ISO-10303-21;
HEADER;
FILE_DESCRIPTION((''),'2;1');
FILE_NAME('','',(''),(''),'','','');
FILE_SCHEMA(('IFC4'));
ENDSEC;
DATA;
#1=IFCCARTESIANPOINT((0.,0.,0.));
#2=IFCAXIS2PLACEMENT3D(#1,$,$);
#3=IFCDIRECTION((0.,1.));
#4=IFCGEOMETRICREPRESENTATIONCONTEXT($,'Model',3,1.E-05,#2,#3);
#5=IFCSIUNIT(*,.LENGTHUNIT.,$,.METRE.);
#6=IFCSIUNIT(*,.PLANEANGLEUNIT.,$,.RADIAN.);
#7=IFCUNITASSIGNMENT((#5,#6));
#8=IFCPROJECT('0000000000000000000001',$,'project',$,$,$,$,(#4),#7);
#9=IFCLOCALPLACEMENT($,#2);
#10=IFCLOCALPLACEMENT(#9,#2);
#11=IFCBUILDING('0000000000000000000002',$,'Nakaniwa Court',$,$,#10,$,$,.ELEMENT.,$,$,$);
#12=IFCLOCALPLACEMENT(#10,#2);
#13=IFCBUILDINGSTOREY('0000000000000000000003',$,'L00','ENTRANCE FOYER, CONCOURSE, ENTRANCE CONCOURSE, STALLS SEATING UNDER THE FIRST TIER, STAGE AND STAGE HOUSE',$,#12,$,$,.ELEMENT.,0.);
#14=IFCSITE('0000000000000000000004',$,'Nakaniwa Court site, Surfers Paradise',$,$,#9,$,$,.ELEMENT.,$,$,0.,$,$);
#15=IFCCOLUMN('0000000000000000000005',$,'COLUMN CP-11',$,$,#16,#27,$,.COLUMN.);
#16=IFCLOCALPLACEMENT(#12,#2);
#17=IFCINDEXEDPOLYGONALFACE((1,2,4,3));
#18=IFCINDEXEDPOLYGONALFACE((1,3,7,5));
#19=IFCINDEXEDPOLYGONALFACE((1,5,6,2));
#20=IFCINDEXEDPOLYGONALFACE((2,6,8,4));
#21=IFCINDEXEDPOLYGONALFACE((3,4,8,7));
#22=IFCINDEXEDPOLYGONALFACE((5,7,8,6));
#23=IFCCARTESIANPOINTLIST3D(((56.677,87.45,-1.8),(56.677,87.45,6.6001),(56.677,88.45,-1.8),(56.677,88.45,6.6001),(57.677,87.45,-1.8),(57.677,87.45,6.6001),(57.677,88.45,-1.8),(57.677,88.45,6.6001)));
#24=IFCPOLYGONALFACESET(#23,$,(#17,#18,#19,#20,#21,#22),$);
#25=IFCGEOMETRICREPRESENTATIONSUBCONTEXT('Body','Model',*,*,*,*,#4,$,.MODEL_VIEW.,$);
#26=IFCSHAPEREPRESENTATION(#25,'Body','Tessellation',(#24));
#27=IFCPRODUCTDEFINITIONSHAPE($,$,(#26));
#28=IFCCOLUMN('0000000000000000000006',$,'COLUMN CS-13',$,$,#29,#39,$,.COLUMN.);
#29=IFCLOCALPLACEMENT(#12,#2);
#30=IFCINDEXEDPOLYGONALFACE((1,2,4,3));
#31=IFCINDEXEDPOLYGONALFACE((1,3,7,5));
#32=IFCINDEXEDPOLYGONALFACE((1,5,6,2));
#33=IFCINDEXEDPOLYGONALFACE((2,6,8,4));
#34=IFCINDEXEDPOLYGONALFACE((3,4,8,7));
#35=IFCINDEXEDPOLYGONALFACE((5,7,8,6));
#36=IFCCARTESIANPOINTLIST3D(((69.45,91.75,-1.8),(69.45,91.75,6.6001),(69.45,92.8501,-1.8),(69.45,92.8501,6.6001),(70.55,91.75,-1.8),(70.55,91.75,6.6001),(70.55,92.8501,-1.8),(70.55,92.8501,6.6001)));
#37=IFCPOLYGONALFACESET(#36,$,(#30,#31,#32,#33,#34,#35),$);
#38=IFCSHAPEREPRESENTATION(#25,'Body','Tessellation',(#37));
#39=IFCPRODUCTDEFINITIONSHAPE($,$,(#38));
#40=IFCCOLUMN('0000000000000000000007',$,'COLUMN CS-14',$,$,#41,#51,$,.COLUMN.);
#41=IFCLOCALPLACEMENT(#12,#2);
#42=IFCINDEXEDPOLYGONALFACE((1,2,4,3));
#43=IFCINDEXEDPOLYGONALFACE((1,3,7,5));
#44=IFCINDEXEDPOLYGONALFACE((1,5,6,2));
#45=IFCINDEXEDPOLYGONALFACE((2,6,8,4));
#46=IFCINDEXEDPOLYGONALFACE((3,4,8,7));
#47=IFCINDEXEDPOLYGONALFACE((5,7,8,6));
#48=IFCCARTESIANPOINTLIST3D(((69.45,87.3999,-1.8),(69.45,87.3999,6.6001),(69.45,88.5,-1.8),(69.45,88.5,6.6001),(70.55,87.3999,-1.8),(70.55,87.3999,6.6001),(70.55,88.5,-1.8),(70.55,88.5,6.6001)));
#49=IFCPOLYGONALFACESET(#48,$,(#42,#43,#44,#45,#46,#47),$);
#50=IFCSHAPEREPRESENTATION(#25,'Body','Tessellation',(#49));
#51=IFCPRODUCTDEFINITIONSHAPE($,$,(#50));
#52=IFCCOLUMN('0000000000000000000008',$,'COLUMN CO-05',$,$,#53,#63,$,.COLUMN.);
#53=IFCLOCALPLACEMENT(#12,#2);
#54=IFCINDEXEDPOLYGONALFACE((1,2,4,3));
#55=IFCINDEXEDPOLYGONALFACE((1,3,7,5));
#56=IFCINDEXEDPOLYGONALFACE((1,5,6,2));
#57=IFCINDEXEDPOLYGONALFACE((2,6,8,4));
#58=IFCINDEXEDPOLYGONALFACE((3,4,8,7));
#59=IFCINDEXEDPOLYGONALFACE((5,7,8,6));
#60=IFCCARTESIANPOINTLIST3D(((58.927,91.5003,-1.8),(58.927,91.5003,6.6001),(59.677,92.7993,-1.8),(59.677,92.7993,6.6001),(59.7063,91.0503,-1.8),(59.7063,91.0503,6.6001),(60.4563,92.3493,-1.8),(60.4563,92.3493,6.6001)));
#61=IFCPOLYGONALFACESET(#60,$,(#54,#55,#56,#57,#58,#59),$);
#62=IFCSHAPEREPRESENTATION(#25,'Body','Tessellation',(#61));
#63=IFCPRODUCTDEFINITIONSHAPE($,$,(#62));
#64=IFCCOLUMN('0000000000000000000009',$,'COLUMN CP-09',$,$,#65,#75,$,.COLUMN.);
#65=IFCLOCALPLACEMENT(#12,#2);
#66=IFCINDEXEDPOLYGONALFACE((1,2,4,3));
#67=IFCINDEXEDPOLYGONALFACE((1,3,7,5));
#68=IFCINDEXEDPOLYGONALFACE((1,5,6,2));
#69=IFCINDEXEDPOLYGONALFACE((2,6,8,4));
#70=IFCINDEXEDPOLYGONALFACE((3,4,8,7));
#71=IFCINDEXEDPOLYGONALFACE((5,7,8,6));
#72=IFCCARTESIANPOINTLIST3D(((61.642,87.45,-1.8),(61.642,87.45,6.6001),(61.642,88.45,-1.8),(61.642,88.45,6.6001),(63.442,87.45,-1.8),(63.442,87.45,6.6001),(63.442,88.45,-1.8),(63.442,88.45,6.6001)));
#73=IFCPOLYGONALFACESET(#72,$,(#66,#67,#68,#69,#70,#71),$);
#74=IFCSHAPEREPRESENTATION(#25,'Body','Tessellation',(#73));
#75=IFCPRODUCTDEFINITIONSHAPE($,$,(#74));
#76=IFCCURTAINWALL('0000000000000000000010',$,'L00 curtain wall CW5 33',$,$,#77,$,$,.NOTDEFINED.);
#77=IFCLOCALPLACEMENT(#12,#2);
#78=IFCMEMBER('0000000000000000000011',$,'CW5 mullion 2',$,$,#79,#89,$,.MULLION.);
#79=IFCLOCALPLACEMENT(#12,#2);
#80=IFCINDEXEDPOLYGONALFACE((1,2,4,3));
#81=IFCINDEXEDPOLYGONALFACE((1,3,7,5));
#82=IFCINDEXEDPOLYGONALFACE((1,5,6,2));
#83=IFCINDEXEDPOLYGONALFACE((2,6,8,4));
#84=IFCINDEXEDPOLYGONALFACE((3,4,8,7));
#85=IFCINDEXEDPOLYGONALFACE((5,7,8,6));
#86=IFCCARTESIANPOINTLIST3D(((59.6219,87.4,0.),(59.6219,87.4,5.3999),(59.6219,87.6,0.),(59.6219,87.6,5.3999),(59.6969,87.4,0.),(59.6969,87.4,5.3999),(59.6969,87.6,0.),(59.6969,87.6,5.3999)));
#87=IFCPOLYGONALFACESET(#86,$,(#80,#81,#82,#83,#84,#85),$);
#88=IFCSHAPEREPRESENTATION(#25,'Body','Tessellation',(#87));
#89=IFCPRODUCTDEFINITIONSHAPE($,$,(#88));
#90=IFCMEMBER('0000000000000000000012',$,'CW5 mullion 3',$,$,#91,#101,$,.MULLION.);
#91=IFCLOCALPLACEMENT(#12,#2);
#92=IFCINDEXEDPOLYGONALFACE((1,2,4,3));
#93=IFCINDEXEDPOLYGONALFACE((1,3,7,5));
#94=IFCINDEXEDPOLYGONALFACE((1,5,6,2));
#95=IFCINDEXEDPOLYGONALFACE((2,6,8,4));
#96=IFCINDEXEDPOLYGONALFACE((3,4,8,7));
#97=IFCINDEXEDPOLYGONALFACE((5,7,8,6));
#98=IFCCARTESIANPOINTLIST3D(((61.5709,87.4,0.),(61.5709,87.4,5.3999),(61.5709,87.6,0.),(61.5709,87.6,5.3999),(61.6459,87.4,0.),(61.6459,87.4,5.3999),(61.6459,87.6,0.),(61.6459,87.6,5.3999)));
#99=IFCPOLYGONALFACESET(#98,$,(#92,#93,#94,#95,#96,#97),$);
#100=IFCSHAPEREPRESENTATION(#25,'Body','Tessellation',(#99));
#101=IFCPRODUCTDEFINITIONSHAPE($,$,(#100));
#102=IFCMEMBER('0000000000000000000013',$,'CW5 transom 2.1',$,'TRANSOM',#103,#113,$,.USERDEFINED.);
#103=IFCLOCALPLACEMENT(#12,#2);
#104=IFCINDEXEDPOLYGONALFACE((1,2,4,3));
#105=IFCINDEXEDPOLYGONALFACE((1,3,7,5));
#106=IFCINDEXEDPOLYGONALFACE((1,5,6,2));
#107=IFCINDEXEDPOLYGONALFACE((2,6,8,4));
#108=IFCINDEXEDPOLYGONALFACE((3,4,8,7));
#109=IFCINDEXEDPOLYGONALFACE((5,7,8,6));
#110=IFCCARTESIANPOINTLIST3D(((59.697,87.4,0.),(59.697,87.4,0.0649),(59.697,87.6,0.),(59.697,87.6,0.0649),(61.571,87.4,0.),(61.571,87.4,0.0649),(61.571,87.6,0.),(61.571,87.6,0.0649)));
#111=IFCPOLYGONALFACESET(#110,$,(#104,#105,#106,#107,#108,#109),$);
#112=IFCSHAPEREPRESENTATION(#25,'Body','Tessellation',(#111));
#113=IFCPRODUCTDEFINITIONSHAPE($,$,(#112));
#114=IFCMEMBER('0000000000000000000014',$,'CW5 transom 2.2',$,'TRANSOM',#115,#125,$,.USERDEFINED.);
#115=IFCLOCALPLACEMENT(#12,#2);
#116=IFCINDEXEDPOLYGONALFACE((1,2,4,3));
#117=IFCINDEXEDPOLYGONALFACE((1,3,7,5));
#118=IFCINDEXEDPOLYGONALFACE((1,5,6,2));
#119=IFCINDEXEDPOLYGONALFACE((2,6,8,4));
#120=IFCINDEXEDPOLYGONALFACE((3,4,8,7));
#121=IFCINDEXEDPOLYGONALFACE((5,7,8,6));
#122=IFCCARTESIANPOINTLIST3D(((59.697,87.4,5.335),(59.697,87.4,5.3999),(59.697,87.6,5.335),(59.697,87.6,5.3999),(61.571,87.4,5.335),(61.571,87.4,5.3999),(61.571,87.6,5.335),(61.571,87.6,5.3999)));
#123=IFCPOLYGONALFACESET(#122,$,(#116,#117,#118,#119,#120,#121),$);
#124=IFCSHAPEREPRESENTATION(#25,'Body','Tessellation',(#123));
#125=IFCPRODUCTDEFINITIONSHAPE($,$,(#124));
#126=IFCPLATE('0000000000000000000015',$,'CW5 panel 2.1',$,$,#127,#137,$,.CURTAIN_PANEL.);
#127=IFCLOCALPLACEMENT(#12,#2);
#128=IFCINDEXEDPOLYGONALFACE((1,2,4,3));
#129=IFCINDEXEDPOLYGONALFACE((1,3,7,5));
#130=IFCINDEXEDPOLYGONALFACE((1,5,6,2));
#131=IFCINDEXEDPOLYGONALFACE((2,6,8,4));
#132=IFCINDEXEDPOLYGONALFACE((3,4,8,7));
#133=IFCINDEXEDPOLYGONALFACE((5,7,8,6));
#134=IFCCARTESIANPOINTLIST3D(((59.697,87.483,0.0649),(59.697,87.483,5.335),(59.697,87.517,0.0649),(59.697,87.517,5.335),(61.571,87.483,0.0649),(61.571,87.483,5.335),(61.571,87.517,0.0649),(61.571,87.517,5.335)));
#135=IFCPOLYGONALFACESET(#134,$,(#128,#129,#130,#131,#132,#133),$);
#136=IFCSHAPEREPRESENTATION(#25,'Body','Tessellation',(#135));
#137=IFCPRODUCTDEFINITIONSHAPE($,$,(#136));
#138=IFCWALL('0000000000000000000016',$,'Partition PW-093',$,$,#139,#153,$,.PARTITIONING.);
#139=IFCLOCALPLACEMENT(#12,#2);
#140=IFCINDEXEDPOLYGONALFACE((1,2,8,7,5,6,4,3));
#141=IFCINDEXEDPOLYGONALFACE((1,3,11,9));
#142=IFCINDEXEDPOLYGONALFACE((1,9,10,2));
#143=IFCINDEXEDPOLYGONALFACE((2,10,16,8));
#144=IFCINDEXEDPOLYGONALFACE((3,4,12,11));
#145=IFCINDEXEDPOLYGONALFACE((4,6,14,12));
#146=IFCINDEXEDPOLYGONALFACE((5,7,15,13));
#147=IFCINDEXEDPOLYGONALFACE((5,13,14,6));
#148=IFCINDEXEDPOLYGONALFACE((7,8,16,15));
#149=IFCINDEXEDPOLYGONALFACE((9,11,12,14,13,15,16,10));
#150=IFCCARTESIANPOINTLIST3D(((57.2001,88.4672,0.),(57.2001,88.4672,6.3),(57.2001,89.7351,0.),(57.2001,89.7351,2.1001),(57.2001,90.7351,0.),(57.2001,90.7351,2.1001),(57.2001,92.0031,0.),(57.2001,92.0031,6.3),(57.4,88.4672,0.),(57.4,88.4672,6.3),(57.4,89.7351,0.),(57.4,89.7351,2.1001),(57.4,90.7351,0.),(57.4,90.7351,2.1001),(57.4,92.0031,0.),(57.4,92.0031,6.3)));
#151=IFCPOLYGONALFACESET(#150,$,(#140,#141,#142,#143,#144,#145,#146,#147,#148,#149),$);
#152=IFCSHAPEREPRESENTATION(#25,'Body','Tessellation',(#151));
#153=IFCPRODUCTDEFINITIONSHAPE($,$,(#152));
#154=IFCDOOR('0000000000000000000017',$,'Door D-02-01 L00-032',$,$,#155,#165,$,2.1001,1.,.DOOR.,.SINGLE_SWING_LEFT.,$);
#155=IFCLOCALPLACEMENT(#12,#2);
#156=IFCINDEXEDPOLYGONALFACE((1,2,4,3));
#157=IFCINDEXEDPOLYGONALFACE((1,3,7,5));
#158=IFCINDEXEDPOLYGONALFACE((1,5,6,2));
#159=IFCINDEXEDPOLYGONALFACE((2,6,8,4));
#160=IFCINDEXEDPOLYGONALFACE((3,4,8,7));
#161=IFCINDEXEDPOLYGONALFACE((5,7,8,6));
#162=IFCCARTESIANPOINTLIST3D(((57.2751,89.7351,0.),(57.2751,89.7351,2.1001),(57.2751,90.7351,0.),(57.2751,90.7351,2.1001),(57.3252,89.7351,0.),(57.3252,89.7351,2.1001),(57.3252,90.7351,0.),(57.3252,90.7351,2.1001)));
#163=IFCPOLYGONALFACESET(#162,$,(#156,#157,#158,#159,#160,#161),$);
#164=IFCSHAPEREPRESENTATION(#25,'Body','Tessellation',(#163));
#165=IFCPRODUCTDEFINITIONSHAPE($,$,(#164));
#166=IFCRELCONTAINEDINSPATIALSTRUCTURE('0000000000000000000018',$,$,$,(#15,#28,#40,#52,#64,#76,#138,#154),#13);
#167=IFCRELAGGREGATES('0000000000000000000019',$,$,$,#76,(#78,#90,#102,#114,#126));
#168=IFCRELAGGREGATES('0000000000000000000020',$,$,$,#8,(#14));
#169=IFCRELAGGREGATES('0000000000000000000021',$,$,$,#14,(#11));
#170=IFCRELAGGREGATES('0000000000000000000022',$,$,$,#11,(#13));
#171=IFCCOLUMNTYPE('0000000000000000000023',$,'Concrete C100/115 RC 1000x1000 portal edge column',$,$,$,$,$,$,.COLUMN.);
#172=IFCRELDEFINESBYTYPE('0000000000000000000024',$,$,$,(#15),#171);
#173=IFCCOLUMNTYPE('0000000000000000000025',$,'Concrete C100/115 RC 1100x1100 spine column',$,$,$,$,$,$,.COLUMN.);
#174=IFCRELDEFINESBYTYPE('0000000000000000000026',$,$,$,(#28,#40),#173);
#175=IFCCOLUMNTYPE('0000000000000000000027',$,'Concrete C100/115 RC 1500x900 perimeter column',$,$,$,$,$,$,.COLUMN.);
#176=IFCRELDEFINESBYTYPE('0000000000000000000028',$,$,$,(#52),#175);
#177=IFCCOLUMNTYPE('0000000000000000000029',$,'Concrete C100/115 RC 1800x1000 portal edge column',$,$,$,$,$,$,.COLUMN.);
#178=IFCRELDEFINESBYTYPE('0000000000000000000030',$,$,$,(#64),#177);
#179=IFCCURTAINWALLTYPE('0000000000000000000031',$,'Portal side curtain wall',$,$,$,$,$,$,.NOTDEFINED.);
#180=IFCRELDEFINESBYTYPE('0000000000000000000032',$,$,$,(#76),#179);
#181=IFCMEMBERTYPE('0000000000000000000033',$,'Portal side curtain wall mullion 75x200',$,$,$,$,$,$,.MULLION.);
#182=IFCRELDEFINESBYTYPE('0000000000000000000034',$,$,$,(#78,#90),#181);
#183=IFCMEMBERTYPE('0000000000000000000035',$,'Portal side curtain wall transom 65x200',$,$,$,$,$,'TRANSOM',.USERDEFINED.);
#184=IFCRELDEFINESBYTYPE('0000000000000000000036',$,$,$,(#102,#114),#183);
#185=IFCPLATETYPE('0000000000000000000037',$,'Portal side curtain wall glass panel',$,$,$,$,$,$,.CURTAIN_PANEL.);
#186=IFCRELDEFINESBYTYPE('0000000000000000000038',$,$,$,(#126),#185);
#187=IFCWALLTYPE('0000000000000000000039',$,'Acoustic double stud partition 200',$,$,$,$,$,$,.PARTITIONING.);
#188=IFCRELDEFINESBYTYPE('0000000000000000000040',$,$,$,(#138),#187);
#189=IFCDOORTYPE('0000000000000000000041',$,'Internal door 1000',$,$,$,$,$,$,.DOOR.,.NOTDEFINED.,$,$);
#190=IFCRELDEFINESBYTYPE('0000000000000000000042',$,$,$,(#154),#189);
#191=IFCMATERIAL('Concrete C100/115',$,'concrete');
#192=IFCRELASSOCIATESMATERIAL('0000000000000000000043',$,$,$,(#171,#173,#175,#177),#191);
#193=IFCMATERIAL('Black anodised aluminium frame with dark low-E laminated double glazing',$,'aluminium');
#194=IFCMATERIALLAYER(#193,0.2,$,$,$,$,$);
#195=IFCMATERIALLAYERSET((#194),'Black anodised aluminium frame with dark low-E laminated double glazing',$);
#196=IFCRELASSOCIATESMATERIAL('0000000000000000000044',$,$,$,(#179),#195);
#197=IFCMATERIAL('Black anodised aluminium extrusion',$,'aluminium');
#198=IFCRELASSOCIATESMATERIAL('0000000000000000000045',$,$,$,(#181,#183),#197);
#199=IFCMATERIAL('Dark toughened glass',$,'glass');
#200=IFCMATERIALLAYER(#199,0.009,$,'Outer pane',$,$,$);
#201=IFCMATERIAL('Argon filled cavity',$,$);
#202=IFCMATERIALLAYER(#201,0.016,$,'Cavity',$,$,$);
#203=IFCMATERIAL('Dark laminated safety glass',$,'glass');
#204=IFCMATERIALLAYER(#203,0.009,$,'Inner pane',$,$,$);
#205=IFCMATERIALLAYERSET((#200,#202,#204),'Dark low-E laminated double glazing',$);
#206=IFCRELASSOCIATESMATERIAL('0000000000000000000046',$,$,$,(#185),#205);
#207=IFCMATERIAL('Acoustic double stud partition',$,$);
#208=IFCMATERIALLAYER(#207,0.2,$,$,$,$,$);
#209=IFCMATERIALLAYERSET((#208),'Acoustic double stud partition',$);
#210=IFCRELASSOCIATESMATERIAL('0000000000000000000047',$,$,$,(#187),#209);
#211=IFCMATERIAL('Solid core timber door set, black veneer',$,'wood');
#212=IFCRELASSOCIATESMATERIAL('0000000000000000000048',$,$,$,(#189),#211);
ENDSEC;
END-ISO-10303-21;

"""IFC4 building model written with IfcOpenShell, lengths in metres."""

from ifc_helpers import new_model, si_unit, direction, frame, frame_2d, origin, origin_2d, place, context, subcontext, project, spatial, rectangle, extrude, material, layer, layer_set, material_profile, profile_set, type_object, element, fill, aggregate, save


model = new_model("IFC4")

# Units and contexts
model_context = context("Model", 3, precision=1e-05, world=origin(), true_north=direction((0.0, 1.0)))
body_context = subcontext(model_context, "Body", "Model", "MODEL_VIEW")
ifc_project = project(units=[si_unit("LENGTHUNIT", "METRE"), si_unit("PLANEANGLEUNIT", "RADIAN")], contexts=[model_context])

# Site, building, storey
site_placement = place(None, origin())
site = spatial("IfcSite", under=ifc_project, at=site_placement, Name="Nakaniwa Court site, Surfers Paradise", CompositionType="ELEMENT", RefElevation=0.0)
building_placement = place(site_placement, origin())
building = spatial("IfcBuilding", under=site, at=building_placement, Name="Nakaniwa Court", CompositionType="ELEMENT")
storey_placement = place(building_placement, origin())
storey = spatial("IfcBuildingStorey", under=building, at=storey_placement, Name="L00", Description="ENTRANCE FOYER, CONCOURSE, ENTRANCE CONCOURSE, STALLS SEATING UNDER THE FIRST TIER, STAGE AND STAGE HOUSE", CompositionType="ELEMENT", Elevation=0.0)

# Columns
ifc_material_1 = material(Name="Concrete C100/115", Category="concrete")
ifc_material_profile_1 = material_profile(ifc_material_1, rectangle(XDim=1.0, YDim=1.0, at=origin_2d()), Name="Concrete C100/115 RC 1000x1000 portal edge column")
ifc_profile_set_1 = profile_set([ifc_material_profile_1], Name="Concrete C100/115")
column_type_1 = type_object("IfcColumnType", Name="Concrete C100/115 RC 1000x1000 portal edge column", PredefinedType="COLUMN", material=ifc_profile_set_1)
column_1_placement = place(storey_placement, frame((57.177, 87.95, -1.8), z_axis=(0.0, 0.0, 1.0), x_axis=(1.0, 0.0, 0.0)))
element("IfcColumn", 1, at=column_1_placement, inside=storey, type_object=column_type_1, Name="COLUMN CP-11", PredefinedType="COLUMN", context=body_context, shape_type="SweptSolid", body=[
    extrude(rectangle(XDim=1.0, YDim=1.0, at=origin_2d()), origin(), (0.0, 0.0, 1.0), 8.4001),
])
ifc_material_profile_2 = material_profile(ifc_material_1, rectangle(XDim=1.1001, YDim=1.1001, at=origin_2d()), Name="Concrete C100/115 RC 1100x1100 spine column")
ifc_profile_set_2 = profile_set([ifc_material_profile_2], Name="Concrete C100/115")
column_type_2 = type_object("IfcColumnType", Name="Concrete C100/115 RC 1100x1100 spine column", PredefinedType="COLUMN", material=ifc_profile_set_2)
for number, where, z_axis, x_axis, name in (
    (2, (70.0, 92.3, -1.8), (0.0, 0.0, 1.0), (0.0, -1.0, 0.0), "COLUMN CS-13"),
    (3, (70.0, 87.95, -1.8), (0.0, 0.0, 1.0), (0.0, -1.0, 0.0), "COLUMN CS-14"),
):
    element("IfcColumn", number, at=place(storey_placement, frame(where, z_axis=z_axis, x_axis=x_axis)), inside=storey, type_object=column_type_2, Name=name, PredefinedType="COLUMN", context=body_context, shape_type="SweptSolid", body=[
        extrude(rectangle(XDim=1.1001, YDim=1.1001, at=origin_2d()), origin(), (0.0, 0.0, 1.0), 8.4001),
    ])
ifc_material_profile_3 = material_profile(ifc_material_1, rectangle(XDim=1.5, YDim=0.8999, at=origin_2d()), Name="Concrete C100/115 RC 1500x900 perimeter column")
ifc_profile_set_3 = profile_set([ifc_material_profile_3], Name="Concrete C100/115")
column_type_3 = type_object("IfcColumnType", Name="Concrete C100/115 RC 1500x900 perimeter column", PredefinedType="COLUMN", material=ifc_profile_set_3)
column_2_placement = place(storey_placement, frame((59.6917, 91.9248, -1.8), z_axis=(0.0, 0.0, 1.0), x_axis=(-0.5, -0.866025, 0.0)))
element("IfcColumn", 4, at=column_2_placement, inside=storey, type_object=column_type_3, Name="COLUMN CO-05", PredefinedType="COLUMN", context=body_context, shape_type="SweptSolid", body=[
    extrude(rectangle(XDim=1.5, YDim=0.8999, at=origin_2d()), origin(), (0.0, 0.0, 1.0), 8.4001),
])
ifc_material_profile_4 = material_profile(ifc_material_1, rectangle(XDim=1.8, YDim=1.0, at=origin_2d()), Name="Concrete C100/115 RC 1800x1000 portal edge column")
ifc_profile_set_4 = profile_set([ifc_material_profile_4], Name="Concrete C100/115")
column_type_4 = type_object("IfcColumnType", Name="Concrete C100/115 RC 1800x1000 portal edge column", PredefinedType="COLUMN", material=ifc_profile_set_4)
column_3_placement = place(storey_placement, frame((62.542, 87.95, -1.8), z_axis=(0.0, 0.0, 1.0), x_axis=(1.0, 0.0, 0.0)))
element("IfcColumn", 5, at=column_3_placement, inside=storey, type_object=column_type_4, Name="COLUMN CP-09", PredefinedType="COLUMN", context=body_context, shape_type="SweptSolid", body=[
    extrude(rectangle(XDim=1.8, YDim=1.0, at=origin_2d()), origin(), (0.0, 0.0, 1.0), 8.4001),
])

# Curtain wall, members, plate
ifc_material_2 = material(Name="Black anodised aluminium frame with dark low-E laminated double glazing", Category="aluminium")
ifc_layer_1 = layer(ifc_material_2, 0.2)
ifc_layer_set_1 = layer_set([ifc_layer_1], Name="Black anodised aluminium frame with dark low-E laminated double glazing")
curtain_wall_type = type_object("IfcCurtainWallType", Name="Portal side curtain wall", PredefinedType="NOTDEFINED", material=ifc_layer_set_1)
curtain_wall_placement = place(storey_placement, origin())
curtain_wall = element("IfcCurtainWall", 6, at=curtain_wall_placement, inside=storey, type_object=curtain_wall_type, Name="L00 curtain wall CW5 33", PredefinedType="NOTDEFINED")
ifc_material_3 = material(Name="Black anodised aluminium extrusion", Category="aluminium")
ifc_material_profile_5 = material_profile(ifc_material_3, rectangle(XDim=0.2, YDim=0.075, at=origin_2d()), Name="Portal side curtain wall mullion 75x200")
ifc_profile_set_5 = profile_set([ifc_material_profile_5], Name="Black anodised aluminium extrusion")
member_type_1 = type_object("IfcMemberType", Name="Portal side curtain wall mullion 75x200", PredefinedType="MULLION", material=ifc_profile_set_5)
member_1_placement = place(storey_placement, frame((59.6594, 87.5, 0.0), z_axis=(0.0, 0.0, 1.0), x_axis=(0.0, 1.0, 0.0)))
member_1 = element("IfcMember", 7, at=member_1_placement, type_object=member_type_1, Name="CW5 mullion 2", PredefinedType="MULLION", context=body_context, shape_type="SweptSolid", body=[
    extrude(rectangle(XDim=0.2, YDim=0.075, at=origin_2d()), origin(), (0.0, 0.0, 1.0), 5.3999),
])
member_2_placement = place(storey_placement, frame((61.6084, 87.5, 0.0), z_axis=(0.0, 0.0, 1.0), x_axis=(0.0, 1.0, 0.0)))
member_2 = element("IfcMember", 8, at=member_2_placement, type_object=member_type_1, Name="CW5 mullion 3", PredefinedType="MULLION", context=body_context, shape_type="SweptSolid", body=[
    extrude(rectangle(XDim=0.2, YDim=0.075, at=origin_2d()), origin(), (0.0, 0.0, 1.0), 5.3999),
])
ifc_material_profile_6 = material_profile(ifc_material_3, rectangle(XDim=0.2, YDim=0.0649, at=origin_2d()), Name="Portal side curtain wall transom 65x200")
ifc_profile_set_6 = profile_set([ifc_material_profile_6], Name="Black anodised aluminium extrusion")
member_type_2 = type_object("IfcMemberType", Name="Portal side curtain wall transom 65x200", ElementType="TRANSOM", PredefinedType="USERDEFINED", material=ifc_profile_set_6)
member_3_placement = place(storey_placement, frame((59.697, 87.5, 0.0325), z_axis=(1.0, 0.0, 0.0), x_axis=(0.0, 1.0, 0.0)))
member_3 = element("IfcMember", 9, at=member_3_placement, type_object=member_type_2, Name="CW5 transom 2.1", ObjectType="TRANSOM", PredefinedType="USERDEFINED", context=body_context, shape_type="SweptSolid", body=[
    extrude(rectangle(XDim=0.2, YDim=0.0649, at=origin_2d()), origin(), (0.0, 0.0, 1.0), 1.874),
])
member_4_placement = place(storey_placement, frame((59.697, 87.5, 5.3674), z_axis=(1.0, 0.0, 0.0), x_axis=(0.0, 1.0, 0.0)))
member_4 = element("IfcMember", 10, at=member_4_placement, type_object=member_type_2, Name="CW5 transom 2.2", ObjectType="TRANSOM", PredefinedType="USERDEFINED", context=body_context, shape_type="SweptSolid", body=[
    extrude(rectangle(XDim=0.2, YDim=0.0649, at=origin_2d()), origin(), (0.0, 0.0, 1.0), 1.874),
])
ifc_material_4 = material(Name="Dark toughened glass", Category="glass")
ifc_layer_2 = layer(ifc_material_4, 0.009, Name="Outer pane")
ifc_material_5 = material(Name="Argon filled cavity")
ifc_layer_3 = layer(ifc_material_5, 0.016, Name="Cavity")
ifc_material_6 = material(Name="Dark laminated safety glass", Category="glass")
ifc_layer_4 = layer(ifc_material_6, 0.009, Name="Inner pane")
ifc_layer_set_2 = layer_set([ifc_layer_2, ifc_layer_3, ifc_layer_4], Name="Dark low-E laminated double glazing")
plate_type = type_object("IfcPlateType", Name="Portal side curtain wall glass panel", PredefinedType="CURTAIN_PANEL", material=ifc_layer_set_2)
plate_placement = place(storey_placement, frame((60.634, 87.5, 0.0649), z_axis=(0.0, 0.0, 1.0), x_axis=(1.0, 0.0, 0.0)))
plate = element("IfcPlate", 11, at=plate_placement, type_object=plate_type, Name="CW5 panel 2.1", PredefinedType="CURTAIN_PANEL", context=body_context, shape_type="SweptSolid", body=[
    extrude(rectangle(XDim=1.874, YDim=0.0339, at=origin_2d()), origin(), (0.0, 0.0, 1.0), 5.27),
])
aggregate(curtain_wall, [member_1, member_2, member_3, member_4, plate])

# Wall, opening, door
ifc_material_7 = material(Name="Acoustic double stud partition")
ifc_layer_5 = layer(ifc_material_7, 0.2)
ifc_layer_set_3 = layer_set([ifc_layer_5], Name="Acoustic double stud partition")
wall_type_1 = type_object("IfcWallType", Name="Acoustic double stud partition 200", PredefinedType="PARTITIONING", material=ifc_layer_set_3)
wall_1_placement = place(storey_placement, frame((57.3, 88.467, 0.0), z_axis=(0.0, 0.0, 1.0), x_axis=(0.0, 1.0, 0.0)))
wall_1 = element("IfcWall", 12, at=wall_1_placement, inside=storey, type_object=wall_type_1, Name="Partition PW-093", PredefinedType="PARTITIONING", context=body_context, shape_type="SweptSolid", body=[
    extrude(rectangle(XDim=3.5359, YDim=0.2, at=frame_2d((1.7681, 0.0))), origin(), (0.0, 0.0, 1.0), 6.3),
])
opening_1_placement = place(wall_1_placement, frame((1.2681, 0.0, 0.0)))
opening_1 = element("IfcOpeningElement", 13, at=opening_1_placement, cuts=wall_1, PredefinedType="OPENING", context=body_context, shape_type="SweptSolid", body=[
    extrude(rectangle(XDim=1.0, YDim=2.1001, at=frame_2d((0.5, 1.05))), frame((0.0, 0.1099, 0.0), z_axis=(0.0, -1.0, 0.0), x_axis=(1.0, 0.0, 0.0)), (0.0, 0.0, 1.0), 0.22),
])
ifc_material_8 = material(Name="Solid core timber door set, black veneer", Category="wood")
door_type_1 = type_object("IfcDoorType", Name="Internal door 1000", OperationType="NOTDEFINED", PredefinedType="DOOR", material=ifc_material_8)
door_1_placement = place(opening_1_placement, origin())
door_1 = element("IfcDoor", 14, at=door_1_placement, inside=storey, type_object=door_type_1, Name="Door D-02-01 L00-032", OperationType="SINGLE_SWING_LEFT", OverallHeight=2.1001, OverallWidth=1.0, PredefinedType="DOOR", context=body_context, shape_type="SweptSolid", body=[
    extrude(rectangle(XDim=1.0, YDim=2.1001, at=frame_2d((0.5, 1.05))), frame((0.0, 0.0249, 0.0), z_axis=(0.0, -1.0, 0.0), x_axis=(1.0, 0.0, 0.0)), (0.0, 0.0, 1.0), 0.05),
])
fill(opening_1, door_1)

save(model, "model.ifc")
